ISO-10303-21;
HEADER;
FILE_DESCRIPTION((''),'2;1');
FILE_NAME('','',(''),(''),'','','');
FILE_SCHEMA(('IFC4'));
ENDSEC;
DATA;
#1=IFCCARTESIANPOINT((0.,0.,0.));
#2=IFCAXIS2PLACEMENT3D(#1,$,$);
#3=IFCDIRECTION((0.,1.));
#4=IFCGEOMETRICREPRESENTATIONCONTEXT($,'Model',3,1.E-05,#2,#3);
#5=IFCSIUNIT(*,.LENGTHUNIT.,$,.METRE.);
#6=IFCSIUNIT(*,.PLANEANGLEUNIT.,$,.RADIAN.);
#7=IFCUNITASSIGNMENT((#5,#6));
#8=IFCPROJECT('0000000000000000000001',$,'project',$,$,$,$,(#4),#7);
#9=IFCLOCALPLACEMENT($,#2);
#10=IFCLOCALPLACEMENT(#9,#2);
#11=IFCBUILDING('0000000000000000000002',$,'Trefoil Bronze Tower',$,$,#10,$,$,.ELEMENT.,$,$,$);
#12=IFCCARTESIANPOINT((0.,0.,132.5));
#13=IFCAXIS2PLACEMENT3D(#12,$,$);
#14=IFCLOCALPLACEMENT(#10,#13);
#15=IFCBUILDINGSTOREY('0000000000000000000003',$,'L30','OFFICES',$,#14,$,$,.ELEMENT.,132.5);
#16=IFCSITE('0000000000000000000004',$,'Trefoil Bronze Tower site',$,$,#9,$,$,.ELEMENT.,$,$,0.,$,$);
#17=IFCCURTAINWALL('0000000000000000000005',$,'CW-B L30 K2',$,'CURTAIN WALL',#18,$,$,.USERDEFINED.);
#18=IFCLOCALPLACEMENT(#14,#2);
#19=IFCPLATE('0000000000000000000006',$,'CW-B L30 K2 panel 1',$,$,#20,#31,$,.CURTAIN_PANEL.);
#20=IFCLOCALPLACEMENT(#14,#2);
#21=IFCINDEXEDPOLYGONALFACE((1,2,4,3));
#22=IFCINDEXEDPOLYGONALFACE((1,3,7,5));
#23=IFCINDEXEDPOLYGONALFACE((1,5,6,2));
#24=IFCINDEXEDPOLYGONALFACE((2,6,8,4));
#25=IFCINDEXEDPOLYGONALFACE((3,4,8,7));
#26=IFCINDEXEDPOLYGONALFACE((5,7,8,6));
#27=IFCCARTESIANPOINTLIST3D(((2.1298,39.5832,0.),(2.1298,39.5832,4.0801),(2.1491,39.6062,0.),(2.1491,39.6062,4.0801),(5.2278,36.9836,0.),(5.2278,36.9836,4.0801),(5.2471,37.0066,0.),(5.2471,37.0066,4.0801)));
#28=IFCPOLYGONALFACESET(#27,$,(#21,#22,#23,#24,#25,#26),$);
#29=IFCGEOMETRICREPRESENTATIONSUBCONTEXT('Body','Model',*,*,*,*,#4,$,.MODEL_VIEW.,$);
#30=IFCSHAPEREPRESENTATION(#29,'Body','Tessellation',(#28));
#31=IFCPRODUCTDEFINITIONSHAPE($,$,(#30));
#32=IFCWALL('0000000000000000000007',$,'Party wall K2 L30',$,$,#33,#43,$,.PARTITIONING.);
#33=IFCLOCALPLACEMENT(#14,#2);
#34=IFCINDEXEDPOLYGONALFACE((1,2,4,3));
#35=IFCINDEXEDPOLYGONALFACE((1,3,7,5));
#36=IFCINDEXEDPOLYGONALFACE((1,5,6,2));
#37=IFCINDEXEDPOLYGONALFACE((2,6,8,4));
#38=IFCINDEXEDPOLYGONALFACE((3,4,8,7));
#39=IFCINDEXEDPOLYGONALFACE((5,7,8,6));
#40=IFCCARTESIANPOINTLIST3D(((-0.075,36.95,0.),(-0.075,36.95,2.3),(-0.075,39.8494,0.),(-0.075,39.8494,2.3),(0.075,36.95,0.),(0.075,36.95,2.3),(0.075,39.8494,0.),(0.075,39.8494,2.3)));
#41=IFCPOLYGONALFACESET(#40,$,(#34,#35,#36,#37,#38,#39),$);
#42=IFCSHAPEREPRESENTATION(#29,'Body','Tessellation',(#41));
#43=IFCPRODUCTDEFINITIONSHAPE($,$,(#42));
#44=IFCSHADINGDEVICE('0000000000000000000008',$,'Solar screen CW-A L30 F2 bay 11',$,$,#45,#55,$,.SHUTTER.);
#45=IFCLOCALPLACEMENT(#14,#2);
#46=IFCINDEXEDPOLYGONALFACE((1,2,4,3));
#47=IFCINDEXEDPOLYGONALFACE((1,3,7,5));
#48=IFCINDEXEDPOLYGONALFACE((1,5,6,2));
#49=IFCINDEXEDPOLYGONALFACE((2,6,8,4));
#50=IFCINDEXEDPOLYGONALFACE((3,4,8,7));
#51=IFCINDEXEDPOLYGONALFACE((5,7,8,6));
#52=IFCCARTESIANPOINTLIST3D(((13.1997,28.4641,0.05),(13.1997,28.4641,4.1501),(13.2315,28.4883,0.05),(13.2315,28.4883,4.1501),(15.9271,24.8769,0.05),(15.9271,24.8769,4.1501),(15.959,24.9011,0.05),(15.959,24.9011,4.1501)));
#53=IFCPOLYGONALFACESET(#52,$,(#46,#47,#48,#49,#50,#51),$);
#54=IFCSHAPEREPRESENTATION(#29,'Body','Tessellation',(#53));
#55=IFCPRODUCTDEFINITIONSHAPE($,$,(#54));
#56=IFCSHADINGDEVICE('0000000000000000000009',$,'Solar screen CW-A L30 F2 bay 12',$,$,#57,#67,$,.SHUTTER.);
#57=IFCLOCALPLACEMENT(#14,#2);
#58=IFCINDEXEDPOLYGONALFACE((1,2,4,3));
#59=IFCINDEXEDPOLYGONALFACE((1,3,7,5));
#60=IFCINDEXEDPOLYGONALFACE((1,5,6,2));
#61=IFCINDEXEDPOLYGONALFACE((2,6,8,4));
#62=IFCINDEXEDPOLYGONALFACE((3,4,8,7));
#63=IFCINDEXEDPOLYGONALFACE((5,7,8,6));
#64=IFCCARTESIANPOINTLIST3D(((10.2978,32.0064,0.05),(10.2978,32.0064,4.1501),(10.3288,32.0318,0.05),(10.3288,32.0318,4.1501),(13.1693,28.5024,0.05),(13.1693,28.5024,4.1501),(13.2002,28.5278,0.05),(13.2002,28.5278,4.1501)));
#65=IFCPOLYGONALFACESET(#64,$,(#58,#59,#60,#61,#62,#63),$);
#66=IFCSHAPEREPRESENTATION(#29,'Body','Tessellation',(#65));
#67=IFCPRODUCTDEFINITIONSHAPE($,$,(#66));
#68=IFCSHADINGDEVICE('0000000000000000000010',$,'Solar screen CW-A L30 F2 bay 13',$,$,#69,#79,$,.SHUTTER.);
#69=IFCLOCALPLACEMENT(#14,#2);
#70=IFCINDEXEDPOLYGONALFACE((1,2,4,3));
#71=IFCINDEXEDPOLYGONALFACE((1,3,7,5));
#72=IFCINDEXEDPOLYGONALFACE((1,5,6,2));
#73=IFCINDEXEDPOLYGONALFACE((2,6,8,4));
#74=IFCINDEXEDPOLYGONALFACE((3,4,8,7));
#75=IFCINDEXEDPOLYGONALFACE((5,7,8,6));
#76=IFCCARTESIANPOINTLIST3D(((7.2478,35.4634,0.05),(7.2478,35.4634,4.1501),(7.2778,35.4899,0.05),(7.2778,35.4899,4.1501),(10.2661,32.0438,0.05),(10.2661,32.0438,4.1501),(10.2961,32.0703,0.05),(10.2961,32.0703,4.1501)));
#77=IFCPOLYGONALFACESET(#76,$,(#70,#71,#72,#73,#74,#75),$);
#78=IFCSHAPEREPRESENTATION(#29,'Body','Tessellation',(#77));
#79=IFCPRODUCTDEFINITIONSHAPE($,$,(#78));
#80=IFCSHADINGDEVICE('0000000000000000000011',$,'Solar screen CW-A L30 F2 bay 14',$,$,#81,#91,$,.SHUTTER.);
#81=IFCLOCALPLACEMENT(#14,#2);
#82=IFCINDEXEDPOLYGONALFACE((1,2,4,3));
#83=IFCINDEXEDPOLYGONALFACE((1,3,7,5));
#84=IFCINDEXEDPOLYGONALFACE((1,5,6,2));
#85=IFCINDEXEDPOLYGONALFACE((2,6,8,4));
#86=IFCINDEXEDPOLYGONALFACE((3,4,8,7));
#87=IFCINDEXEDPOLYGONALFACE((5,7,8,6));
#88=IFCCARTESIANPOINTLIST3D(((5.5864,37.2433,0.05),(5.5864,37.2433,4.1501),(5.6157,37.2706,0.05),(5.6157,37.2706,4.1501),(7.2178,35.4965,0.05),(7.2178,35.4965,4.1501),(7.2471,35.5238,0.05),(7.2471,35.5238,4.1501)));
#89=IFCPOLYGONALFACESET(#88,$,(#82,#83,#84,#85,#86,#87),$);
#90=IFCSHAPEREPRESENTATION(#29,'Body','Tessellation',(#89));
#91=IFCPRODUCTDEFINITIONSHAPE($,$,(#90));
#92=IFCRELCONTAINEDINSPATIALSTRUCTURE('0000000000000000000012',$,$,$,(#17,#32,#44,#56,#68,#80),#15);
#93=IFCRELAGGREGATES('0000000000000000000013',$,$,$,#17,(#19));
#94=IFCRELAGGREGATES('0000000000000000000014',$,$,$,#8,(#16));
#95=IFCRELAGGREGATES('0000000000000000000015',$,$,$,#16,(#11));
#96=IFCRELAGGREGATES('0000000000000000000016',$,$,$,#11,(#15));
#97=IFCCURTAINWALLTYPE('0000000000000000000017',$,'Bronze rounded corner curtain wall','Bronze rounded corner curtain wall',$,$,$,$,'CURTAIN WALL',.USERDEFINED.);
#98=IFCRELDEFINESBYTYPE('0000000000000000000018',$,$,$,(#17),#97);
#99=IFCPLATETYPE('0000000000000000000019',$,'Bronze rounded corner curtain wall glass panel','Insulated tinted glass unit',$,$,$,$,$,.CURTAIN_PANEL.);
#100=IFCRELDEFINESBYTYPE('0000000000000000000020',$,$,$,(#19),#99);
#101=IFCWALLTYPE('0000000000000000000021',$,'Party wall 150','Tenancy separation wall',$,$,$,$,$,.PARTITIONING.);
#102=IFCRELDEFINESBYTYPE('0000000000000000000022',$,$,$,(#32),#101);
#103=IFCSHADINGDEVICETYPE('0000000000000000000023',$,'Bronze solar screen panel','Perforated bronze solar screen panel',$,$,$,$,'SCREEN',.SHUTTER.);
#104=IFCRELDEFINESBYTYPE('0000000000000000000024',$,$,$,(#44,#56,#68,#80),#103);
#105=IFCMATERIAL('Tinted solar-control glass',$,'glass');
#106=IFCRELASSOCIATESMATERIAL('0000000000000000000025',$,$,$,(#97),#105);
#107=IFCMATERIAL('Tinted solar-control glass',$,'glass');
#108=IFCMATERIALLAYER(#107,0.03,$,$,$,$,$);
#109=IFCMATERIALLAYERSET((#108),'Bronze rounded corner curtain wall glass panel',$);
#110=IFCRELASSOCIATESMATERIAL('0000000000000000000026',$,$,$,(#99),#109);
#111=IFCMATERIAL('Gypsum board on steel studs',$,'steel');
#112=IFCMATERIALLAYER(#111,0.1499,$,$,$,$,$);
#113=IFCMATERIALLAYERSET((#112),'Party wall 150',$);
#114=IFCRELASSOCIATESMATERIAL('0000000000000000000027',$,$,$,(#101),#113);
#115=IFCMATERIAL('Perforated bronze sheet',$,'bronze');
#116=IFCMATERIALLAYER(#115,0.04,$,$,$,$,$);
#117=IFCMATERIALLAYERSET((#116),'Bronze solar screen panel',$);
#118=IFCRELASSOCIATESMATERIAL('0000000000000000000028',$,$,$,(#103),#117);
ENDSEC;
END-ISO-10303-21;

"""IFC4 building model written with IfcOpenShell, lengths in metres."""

from ifc_helpers import new_model, si_unit, direction, frame, frame_2d, origin, origin_2d, place, context, subcontext, project, spatial, rectangle, extrude, material, layer, layer_set, type_object, element, aggregate, save


model = new_model("IFC4")

# Units and contexts
model_context = context("Model", 3, precision=1e-05, world=origin(), true_north=direction((0.0, 1.0)))
body_context = subcontext(model_context, "Body", "Model", "MODEL_VIEW")
ifc_project = project(units=[si_unit("LENGTHUNIT", "METRE"), si_unit("PLANEANGLEUNIT", "RADIAN")], contexts=[model_context])

# Site, building, storey
site_placement = place(None, origin())
site = spatial("IfcSite", under=ifc_project, at=site_placement, Name="Trefoil Bronze Tower site", CompositionType="ELEMENT", RefElevation=0.0)
building_placement = place(site_placement, origin())
building = spatial("IfcBuilding", under=site, at=building_placement, Name="Trefoil Bronze Tower", CompositionType="ELEMENT")
storey_placement = place(building_placement, frame((0.0, 0.0, 132.5)))
storey = spatial("IfcBuildingStorey", under=building, at=storey_placement, Name="L30", Description="OFFICES", CompositionType="ELEMENT", Elevation=132.5)

# Curtain wall
ifc_material_1 = material(Name="Tinted solar-control glass", Category="glass")
curtain_wall_type_1 = type_object("IfcCurtainWallType", Name="Bronze rounded corner curtain wall", Description="Bronze rounded corner curtain wall", ElementType="CURTAIN WALL", PredefinedType="USERDEFINED", material=ifc_material_1)
curtain_wall_1_placement = place(storey_placement, origin())
curtain_wall_1 = element("IfcCurtainWall", 1, at=curtain_wall_1_placement, inside=storey, type_object=curtain_wall_type_1, Name="CW-B L30 K2", ObjectType="CURTAIN WALL", PredefinedType="USERDEFINED")

# Plate
ifc_material_2 = material(Name="Tinted solar-control glass", Category="glass")
ifc_layer_1 = layer(ifc_material_2, 0.03)
ifc_layer_set_1 = layer_set([ifc_layer_1], Name="Bronze rounded corner curtain wall glass panel")
plate_type_1 = type_object("IfcPlateType", Name="Bronze rounded corner curtain wall glass panel", Description="Insulated tinted glass unit", PredefinedType="CURTAIN_PANEL", material=ifc_layer_set_1)
plate_1_placement = place(storey_placement, frame((3.6885, 38.2949, 0.0), z_axis=(0.0, 0.0, 1.0), x_axis=(-0.766044, 0.642788, 0.0)))
plate_1 = element("IfcPlate", 2, at=plate_1_placement, type_object=plate_type_1, Name="CW-B L30 K2 panel 1", PredefinedType="CURTAIN_PANEL", context=body_context, shape_type="SweptSolid", body=[
    extrude(rectangle(XDim=4.0442, YDim=0.03, at=origin_2d()), origin(), (0.0, 0.0, 1.0), 4.0801),
])
aggregate(curtain_wall_1, [plate_1])

# Wall
ifc_material_3 = material(Name="Gypsum board on steel studs", Category="steel")
ifc_layer_2 = layer(ifc_material_3, 0.1499)
ifc_layer_set_2 = layer_set([ifc_layer_2], Name="Party wall 150")
wall_type = type_object("IfcWallType", Name="Party wall 150", Description="Tenancy separation wall", PredefinedType="PARTITIONING", material=ifc_layer_set_2)
wall_placement = place(storey_placement, frame((0.0, 36.95, 0.0), z_axis=(0.0, 0.0, 1.0), x_axis=(0.0, 1.0, 0.0)))
element("IfcWall", 3, at=wall_placement, inside=storey, type_object=wall_type, Name="Party wall K2 L30", PredefinedType="PARTITIONING", context=body_context, shape_type="SweptSolid", body=[
    extrude(rectangle(XDim=2.8994, YDim=0.1499, at=frame_2d((1.4497, 0.0))), origin(), (0.0, 0.0, 1.0), 2.3),
])

# Shading devices
ifc_material_4 = material(Name="Perforated bronze sheet", Category="bronze")
ifc_layer_3 = layer(ifc_material_4, 0.04)
ifc_layer_set_3 = layer_set([ifc_layer_3], Name="Bronze solar screen panel")
shading_device_type = type_object("IfcShadingDeviceType", Name="Bronze solar screen panel", Description="Perforated bronze solar screen panel", ElementType="SCREEN", PredefinedType="SHUTTER", material=ifc_layer_set_3)
shading_device_1_placement = place(storey_placement, frame((14.5793, 26.6826, 0.05), z_axis=(0.0, 0.0, 1.0), x_axis=(-0.605252, 0.796034, 0.0)))
element("IfcShadingDevice", 4, at=shading_device_1_placement, inside=storey, type_object=shading_device_type, Name="Solar screen CW-A L30 F2 bay 11", PredefinedType="SHUTTER", context=body_context, shape_type="SweptSolid", body=[
    extrude(rectangle(XDim=4.5063, YDim=0.04, at=origin_2d()), origin(), (0.0, 0.0, 1.0), 4.1001),
])
shading_device_2_placement = place(storey_placement, frame((11.749, 30.2671, 0.05), z_axis=(0.0, 0.0, 1.0), x_axis=(-0.63384, 0.773464, 0.0)))
element("IfcShadingDevice", 5, at=shading_device_2_placement, inside=storey, type_object=shading_device_type, Name="Solar screen CW-A L30 F2 bay 12", PredefinedType="SHUTTER", context=body_context, shape_type="SweptSolid", body=[
    extrude(rectangle(XDim=4.5303, YDim=0.04, at=origin_2d()), origin(), (0.0, 0.0, 1.0), 4.1001),
])
shading_device_3_placement = place(storey_placement, frame((8.772, 33.7668, 0.05), z_axis=(0.0, 0.0, 1.0), x_axis=(-0.661751, 0.749723, 0.0)))
element("IfcShadingDevice", 6, at=shading_device_3_placement, inside=storey, type_object=shading_device_type, Name="Solar screen CW-A L30 F2 bay 13", PredefinedType="SHUTTER", context=body_context, shape_type="SweptSolid", body=[
    extrude(rectangle(XDim=4.561, YDim=0.04, at=origin_2d()), origin(), (0.0, 0.0, 1.0), 4.1001),
])
shading_device_4_placement = place(storey_placement, frame((6.4167, 36.3835, 0.05), z_axis=(0.0, 0.0, 1.0), x_axis=(-0.682536, 0.730852, 0.0)))
element("IfcShadingDevice", 7, at=shading_device_4_placement, inside=storey, type_object=shading_device_type, Name="Solar screen CW-A L30 F2 bay 14", PredefinedType="SHUTTER", context=body_context, shape_type="SweptSolid", body=[
    extrude(rectangle(XDim=2.3901, YDim=0.04, at=origin_2d()), origin(), (0.0, 0.0, 1.0), 4.1001),
])

save(model, "model.ifc")
